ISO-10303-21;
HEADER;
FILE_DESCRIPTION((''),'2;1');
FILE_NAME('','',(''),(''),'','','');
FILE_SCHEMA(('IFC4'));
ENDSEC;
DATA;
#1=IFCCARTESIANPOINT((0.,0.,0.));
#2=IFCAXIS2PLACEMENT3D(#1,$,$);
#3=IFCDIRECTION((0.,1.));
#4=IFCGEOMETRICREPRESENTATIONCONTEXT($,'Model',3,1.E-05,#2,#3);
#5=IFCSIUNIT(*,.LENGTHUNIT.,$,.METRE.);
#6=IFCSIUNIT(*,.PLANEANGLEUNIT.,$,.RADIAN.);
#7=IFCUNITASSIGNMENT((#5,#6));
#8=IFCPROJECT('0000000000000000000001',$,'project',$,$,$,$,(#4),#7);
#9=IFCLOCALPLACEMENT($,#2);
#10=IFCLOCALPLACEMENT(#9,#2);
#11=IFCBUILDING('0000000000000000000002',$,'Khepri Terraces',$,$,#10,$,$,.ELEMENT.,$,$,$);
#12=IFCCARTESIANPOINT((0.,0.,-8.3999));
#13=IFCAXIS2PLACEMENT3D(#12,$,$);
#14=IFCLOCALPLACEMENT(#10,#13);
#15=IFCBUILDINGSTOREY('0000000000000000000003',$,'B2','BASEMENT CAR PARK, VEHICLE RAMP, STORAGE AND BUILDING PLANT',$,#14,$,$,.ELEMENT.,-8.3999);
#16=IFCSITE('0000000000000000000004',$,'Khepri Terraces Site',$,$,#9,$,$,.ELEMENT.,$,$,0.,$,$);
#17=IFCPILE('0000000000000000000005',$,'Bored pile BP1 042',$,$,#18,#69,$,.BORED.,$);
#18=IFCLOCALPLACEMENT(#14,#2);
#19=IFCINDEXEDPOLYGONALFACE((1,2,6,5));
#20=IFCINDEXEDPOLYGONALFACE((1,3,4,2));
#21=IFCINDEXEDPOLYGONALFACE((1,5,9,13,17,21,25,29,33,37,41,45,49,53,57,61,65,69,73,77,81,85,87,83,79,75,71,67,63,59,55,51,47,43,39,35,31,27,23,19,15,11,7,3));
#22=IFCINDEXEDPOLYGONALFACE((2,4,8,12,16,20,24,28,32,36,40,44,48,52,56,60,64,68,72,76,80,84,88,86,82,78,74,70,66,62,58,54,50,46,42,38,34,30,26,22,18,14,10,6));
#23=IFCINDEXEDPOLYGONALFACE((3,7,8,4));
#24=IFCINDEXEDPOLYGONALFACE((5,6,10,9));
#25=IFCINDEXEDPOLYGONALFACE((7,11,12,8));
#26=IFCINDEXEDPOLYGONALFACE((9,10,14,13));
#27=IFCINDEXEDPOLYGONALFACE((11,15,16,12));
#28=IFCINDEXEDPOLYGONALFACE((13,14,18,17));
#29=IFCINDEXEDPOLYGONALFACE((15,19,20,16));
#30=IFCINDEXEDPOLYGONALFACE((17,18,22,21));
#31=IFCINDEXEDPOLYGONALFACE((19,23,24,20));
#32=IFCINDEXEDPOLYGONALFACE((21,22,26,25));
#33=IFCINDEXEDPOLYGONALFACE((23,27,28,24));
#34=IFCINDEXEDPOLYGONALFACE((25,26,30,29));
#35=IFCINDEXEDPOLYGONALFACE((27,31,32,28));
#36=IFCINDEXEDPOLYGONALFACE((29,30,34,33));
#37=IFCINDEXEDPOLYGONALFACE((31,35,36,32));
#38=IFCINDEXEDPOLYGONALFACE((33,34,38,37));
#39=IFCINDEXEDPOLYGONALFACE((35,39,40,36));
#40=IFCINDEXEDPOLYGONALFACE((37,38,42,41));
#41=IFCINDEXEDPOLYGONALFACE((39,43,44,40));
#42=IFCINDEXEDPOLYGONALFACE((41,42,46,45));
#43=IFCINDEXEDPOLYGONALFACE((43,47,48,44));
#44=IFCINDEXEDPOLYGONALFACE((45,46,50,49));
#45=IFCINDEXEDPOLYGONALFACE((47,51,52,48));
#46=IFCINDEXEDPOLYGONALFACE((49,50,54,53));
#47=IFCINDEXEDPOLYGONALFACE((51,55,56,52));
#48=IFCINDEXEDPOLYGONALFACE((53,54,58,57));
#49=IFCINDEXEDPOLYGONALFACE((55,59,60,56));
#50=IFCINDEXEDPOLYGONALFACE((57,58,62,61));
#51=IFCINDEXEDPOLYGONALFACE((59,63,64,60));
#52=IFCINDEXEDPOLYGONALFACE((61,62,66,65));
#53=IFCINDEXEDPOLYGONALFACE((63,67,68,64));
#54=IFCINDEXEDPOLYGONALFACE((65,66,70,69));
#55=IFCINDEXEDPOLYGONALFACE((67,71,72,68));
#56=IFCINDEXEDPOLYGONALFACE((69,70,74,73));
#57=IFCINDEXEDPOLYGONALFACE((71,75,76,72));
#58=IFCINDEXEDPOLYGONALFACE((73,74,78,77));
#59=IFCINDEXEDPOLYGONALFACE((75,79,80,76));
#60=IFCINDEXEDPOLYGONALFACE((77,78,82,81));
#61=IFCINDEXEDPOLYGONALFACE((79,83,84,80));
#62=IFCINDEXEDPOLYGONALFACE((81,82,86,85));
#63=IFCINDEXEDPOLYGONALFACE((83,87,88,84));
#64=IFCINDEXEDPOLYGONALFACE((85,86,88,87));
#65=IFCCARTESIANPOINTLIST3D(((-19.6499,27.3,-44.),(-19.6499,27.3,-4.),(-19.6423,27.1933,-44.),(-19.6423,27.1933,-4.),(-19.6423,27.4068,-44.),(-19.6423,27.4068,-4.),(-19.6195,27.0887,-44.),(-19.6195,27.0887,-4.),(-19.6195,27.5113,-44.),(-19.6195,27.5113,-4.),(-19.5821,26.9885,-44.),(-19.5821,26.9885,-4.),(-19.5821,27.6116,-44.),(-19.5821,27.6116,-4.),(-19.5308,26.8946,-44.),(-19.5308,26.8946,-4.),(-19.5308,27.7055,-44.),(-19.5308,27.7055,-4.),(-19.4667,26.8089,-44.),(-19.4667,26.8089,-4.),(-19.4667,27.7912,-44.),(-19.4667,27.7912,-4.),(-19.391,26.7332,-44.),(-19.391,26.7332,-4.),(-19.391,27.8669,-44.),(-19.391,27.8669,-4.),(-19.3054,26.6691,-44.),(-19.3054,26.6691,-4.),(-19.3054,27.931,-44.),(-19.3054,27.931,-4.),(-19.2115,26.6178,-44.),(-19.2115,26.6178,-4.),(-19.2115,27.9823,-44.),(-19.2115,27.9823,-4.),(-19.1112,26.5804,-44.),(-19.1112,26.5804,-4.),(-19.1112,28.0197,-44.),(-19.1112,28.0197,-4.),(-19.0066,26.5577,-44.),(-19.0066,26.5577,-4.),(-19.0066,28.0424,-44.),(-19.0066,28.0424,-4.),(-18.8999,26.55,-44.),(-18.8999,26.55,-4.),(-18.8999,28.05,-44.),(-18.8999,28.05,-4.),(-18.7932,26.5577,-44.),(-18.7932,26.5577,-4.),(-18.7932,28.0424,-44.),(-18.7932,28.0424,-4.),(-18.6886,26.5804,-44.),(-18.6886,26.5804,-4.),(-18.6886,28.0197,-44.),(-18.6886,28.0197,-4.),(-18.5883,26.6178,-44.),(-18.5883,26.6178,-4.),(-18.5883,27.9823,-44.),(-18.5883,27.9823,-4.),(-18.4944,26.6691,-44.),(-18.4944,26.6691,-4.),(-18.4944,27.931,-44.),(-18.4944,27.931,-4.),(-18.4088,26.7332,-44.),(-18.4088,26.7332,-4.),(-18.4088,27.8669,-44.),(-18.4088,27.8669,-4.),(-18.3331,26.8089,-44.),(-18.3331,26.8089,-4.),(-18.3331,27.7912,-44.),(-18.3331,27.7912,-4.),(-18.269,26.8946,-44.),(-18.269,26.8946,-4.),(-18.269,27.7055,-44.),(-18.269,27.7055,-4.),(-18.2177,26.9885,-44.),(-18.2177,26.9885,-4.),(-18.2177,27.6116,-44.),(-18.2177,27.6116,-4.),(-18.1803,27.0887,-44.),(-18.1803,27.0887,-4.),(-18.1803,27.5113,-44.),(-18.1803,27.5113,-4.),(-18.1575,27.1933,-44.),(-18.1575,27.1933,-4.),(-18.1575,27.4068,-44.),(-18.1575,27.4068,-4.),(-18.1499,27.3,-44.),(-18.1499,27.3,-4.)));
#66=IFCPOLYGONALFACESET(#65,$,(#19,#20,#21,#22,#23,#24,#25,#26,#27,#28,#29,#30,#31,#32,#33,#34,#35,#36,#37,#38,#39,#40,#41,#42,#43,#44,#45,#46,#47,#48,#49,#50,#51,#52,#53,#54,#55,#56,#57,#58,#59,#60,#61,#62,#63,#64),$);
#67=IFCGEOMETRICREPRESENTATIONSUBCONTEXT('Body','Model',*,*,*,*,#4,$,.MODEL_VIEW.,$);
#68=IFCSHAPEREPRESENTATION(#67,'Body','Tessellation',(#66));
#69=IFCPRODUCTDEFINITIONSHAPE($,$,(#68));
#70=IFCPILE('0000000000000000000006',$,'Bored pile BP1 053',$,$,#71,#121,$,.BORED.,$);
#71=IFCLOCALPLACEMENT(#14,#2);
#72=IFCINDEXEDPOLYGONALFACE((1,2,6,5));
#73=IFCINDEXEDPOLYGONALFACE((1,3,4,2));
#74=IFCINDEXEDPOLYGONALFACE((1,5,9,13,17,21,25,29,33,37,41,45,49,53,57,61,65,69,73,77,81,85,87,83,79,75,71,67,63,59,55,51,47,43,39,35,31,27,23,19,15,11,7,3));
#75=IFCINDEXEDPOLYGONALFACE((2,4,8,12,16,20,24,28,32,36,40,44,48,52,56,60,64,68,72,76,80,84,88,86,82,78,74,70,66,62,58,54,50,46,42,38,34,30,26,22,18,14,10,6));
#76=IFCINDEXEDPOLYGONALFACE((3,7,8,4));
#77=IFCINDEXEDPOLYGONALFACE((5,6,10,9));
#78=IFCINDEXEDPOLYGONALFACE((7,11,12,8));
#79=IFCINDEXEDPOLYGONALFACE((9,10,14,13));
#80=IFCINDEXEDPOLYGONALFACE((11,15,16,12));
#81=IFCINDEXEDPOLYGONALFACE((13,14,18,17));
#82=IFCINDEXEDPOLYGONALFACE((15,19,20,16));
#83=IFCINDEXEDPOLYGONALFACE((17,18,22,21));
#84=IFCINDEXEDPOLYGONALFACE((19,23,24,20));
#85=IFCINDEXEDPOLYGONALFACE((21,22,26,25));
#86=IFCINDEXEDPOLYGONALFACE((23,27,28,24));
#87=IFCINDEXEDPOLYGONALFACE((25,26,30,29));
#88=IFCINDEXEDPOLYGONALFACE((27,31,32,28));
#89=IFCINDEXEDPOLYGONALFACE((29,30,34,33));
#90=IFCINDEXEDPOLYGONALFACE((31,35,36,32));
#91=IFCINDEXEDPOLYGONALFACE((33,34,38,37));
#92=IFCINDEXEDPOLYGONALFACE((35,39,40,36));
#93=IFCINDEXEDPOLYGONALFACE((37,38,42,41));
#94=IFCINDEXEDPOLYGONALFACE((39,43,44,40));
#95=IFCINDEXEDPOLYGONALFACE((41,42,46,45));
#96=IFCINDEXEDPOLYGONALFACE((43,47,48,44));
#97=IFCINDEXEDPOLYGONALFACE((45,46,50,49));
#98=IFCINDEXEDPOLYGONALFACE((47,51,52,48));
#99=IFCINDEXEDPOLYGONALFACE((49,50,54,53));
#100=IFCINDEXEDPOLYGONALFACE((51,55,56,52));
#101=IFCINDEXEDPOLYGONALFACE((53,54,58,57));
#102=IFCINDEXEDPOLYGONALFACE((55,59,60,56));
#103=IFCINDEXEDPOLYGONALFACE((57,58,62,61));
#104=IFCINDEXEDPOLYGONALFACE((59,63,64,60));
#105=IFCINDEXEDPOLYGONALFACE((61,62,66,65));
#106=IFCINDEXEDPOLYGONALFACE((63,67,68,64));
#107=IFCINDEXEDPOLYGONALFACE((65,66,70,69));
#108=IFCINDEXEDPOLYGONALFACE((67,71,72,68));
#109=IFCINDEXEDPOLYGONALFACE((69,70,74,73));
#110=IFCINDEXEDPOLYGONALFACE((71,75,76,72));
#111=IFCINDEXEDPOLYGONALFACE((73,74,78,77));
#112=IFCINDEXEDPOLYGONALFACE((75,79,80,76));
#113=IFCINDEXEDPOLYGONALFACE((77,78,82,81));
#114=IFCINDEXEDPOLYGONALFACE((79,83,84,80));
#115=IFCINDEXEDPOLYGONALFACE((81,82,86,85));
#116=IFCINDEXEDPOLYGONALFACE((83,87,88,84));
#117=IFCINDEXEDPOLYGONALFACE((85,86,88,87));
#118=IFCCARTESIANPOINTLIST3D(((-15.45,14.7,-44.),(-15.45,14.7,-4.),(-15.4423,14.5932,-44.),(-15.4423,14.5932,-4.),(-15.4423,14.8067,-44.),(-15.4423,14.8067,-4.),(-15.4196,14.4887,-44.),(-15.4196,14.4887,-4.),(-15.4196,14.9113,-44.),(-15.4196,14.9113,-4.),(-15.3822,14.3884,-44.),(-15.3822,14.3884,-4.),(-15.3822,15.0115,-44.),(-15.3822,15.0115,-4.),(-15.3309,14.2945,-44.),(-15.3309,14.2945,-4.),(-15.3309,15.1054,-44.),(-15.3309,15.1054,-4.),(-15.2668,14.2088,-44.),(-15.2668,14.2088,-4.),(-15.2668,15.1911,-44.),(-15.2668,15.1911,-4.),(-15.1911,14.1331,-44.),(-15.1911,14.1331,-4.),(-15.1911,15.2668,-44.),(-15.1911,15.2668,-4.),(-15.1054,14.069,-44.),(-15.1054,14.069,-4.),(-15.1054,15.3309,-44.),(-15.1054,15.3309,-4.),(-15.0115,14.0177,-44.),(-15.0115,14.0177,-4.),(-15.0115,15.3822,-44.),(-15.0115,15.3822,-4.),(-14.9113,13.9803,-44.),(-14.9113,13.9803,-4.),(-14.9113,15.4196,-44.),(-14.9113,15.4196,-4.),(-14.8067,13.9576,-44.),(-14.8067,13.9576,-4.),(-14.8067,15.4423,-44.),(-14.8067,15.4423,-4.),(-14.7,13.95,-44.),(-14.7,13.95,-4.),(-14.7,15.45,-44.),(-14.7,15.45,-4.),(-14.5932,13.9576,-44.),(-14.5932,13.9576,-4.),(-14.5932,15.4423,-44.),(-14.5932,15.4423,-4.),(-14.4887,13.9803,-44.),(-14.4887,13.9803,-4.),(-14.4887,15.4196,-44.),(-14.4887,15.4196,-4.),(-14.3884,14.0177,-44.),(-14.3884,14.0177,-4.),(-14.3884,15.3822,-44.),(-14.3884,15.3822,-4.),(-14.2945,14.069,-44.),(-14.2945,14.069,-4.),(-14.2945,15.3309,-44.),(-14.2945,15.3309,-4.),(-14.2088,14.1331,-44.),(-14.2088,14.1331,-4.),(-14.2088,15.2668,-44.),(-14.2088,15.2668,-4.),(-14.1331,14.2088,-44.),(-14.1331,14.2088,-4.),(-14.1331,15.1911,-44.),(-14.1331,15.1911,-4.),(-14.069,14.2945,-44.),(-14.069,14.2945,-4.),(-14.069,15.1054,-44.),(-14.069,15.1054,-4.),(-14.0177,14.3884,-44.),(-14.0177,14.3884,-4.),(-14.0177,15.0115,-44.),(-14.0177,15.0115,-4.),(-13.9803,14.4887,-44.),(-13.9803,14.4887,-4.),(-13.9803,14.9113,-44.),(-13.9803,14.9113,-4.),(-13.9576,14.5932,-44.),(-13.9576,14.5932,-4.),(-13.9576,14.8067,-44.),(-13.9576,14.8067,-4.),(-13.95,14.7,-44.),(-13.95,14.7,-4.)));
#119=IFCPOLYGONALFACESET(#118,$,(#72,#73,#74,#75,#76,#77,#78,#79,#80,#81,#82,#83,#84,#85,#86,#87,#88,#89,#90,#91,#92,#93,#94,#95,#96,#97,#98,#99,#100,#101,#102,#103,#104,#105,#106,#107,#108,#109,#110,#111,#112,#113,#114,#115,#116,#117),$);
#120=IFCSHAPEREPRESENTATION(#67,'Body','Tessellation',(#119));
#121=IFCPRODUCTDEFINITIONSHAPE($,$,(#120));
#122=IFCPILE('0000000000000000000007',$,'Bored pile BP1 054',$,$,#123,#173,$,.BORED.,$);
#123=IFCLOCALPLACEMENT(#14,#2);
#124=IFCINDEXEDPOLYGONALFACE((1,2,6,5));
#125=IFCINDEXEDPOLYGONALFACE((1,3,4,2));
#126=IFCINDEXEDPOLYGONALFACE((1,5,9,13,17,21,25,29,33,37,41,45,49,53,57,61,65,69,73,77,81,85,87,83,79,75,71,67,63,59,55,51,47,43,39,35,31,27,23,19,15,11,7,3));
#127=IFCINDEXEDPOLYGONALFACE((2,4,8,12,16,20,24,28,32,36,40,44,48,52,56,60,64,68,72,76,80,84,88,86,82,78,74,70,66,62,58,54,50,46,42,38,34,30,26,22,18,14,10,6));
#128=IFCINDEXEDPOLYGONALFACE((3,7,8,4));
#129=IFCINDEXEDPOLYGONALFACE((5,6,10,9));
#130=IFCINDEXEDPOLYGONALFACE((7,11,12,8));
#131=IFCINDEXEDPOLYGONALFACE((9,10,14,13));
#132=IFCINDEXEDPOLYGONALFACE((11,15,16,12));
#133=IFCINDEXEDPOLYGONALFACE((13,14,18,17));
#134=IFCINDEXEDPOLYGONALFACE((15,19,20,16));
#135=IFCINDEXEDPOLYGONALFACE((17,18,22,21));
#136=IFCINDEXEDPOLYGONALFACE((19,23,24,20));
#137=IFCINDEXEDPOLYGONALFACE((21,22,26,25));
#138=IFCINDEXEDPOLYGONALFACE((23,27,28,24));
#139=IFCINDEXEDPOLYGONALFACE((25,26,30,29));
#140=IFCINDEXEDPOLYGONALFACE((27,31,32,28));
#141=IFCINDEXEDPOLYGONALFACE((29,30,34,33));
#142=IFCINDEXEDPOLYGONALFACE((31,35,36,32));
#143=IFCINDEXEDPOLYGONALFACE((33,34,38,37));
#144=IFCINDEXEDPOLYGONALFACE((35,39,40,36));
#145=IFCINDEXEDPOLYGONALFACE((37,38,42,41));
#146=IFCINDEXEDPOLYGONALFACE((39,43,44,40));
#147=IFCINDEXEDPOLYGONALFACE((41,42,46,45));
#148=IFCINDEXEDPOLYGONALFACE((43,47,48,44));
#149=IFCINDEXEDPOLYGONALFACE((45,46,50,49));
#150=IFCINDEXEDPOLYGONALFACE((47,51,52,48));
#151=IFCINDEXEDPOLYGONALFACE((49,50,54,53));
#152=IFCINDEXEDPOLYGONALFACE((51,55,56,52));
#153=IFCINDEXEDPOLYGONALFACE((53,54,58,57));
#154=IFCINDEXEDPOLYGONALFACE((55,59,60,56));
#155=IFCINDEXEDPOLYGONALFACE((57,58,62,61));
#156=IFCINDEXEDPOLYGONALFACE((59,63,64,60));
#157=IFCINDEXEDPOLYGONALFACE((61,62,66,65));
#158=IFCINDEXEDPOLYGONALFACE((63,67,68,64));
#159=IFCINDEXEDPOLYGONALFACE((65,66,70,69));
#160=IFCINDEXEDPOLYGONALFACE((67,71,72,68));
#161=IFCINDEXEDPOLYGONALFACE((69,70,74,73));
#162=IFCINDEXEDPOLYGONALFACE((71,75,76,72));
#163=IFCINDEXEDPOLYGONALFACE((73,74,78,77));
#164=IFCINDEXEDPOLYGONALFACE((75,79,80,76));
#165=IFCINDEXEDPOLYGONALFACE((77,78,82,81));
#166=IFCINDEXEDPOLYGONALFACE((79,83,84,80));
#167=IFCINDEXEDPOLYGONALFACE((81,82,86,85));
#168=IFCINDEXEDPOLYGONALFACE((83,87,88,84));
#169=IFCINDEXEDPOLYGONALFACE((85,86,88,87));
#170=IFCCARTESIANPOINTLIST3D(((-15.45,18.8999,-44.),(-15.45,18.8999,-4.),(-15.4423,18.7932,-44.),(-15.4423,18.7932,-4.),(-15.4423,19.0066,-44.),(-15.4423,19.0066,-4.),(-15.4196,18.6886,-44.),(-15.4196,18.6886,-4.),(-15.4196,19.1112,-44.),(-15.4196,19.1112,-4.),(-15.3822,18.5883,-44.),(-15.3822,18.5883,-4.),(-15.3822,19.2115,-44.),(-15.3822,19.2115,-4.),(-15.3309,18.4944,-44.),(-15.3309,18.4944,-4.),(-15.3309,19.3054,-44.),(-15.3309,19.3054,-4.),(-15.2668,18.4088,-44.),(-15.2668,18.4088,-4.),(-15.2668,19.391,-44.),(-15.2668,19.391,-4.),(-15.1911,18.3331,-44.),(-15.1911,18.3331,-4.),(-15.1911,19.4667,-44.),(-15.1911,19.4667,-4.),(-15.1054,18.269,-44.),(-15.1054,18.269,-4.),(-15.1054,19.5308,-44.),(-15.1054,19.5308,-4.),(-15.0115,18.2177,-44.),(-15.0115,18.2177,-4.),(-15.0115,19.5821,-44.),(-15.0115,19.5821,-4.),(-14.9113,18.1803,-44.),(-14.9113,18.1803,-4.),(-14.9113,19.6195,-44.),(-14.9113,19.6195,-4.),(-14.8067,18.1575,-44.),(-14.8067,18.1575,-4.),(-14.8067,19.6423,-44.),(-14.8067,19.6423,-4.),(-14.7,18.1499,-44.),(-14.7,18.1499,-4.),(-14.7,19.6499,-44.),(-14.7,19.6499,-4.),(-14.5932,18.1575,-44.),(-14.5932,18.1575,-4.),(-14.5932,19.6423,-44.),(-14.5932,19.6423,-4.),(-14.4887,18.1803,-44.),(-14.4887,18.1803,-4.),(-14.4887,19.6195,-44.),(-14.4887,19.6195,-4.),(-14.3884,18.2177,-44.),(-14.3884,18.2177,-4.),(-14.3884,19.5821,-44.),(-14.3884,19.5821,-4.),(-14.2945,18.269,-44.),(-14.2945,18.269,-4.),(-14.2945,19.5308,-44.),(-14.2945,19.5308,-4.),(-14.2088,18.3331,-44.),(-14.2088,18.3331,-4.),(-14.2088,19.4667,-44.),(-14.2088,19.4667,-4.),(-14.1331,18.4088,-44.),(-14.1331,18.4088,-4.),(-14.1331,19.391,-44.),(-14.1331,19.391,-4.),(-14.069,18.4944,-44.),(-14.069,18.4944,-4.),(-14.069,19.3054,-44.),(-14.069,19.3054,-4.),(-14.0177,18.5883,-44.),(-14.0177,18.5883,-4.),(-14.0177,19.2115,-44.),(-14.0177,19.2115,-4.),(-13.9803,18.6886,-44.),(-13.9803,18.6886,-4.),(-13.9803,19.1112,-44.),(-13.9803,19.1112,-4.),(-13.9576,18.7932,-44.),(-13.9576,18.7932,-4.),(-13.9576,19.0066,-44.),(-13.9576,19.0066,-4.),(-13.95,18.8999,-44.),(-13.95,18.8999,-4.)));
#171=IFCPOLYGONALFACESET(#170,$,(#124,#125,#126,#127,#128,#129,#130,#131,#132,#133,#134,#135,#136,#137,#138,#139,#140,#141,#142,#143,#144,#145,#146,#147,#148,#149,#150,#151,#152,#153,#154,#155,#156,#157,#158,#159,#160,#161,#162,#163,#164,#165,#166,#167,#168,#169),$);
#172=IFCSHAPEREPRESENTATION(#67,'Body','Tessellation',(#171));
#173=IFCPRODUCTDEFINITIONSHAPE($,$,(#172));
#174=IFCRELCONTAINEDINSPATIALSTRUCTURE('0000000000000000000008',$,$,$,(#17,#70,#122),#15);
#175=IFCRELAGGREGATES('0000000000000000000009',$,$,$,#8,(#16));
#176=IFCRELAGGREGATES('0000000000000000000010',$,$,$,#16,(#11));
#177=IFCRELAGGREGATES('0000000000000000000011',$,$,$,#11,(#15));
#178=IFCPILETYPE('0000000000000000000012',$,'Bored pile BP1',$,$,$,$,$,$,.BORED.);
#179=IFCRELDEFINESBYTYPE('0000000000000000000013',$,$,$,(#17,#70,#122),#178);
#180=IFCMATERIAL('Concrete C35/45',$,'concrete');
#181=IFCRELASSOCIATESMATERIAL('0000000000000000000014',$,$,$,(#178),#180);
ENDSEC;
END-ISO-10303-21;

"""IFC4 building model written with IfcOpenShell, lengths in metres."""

from ifc_helpers import new_model, si_unit, direction, frame, origin, origin_2d, place, context, subcontext, project, spatial, circle, extrude, material, material_profile, profile_set, type_object, element, save


model = new_model("IFC4")

# Units and contexts
model_context = context("Model", 3, precision=1e-05, world=origin(), true_north=direction((0.0, 1.0)))
body_context = subcontext(model_context, "Body", "Model", "MODEL_VIEW")
ifc_project = project(units=[si_unit("LENGTHUNIT", "METRE"), si_unit("PLANEANGLEUNIT", "RADIAN")], contexts=[model_context])

# Site, building, storey
site_placement = place(None, origin())
site = spatial("IfcSite", under=ifc_project, at=site_placement, Name="Khepri Terraces Site", CompositionType="ELEMENT", RefElevation=0.0)
building_placement = place(site_placement, origin())
building = spatial("IfcBuilding", under=site, at=building_placement, Name="Khepri Terraces", CompositionType="ELEMENT")
storey_placement = place(building_placement, frame((0.0, 0.0, -8.3999)))
storey = spatial("IfcBuildingStorey", under=building, at=storey_placement, Name="B2", Description="BASEMENT CAR PARK, VEHICLE RAMP, STORAGE AND BUILDING PLANT", CompositionType="ELEMENT", Elevation=-8.3999)

# Piles
ifc_material_1 = material(Name="Concrete C35/45", Category="concrete")
ifc_material_profile_1 = material_profile(ifc_material_1, circle(Radius=0.75, at=origin_2d()), Name="Concrete C35/45", Category="concrete")
ifc_profile_set_1 = profile_set([ifc_material_profile_1], Name="Concrete C35/45")
pile_type = type_object("IfcPileType", Name="Bored pile BP1", PredefinedType="BORED", material=ifc_profile_set_1)
for number, where, z_axis, x_axis, name in (
    (1, (-18.8999, 27.3, -4.0), (0.0, 0.0, -1.0), (1.0, 0.0, 0.0), "Bored pile BP1 042"),
    (2, (-14.7, 14.7, -4.0), (0.0, 0.0, -1.0), (1.0, 0.0, 0.0), "Bored pile BP1 053"),
    (3, (-14.7, 18.8999, -4.0), (0.0, 0.0, -1.0), (1.0, 0.0, 0.0), "Bored pile BP1 054"),
):
    element("IfcPile", number, at=place(storey_placement, frame(where, z_axis=z_axis, x_axis=x_axis)), inside=storey, type_object=pile_type, Name=name, PredefinedType="BORED", context=body_context, shape_type="SweptSolid", body=[
        extrude(circle(Radius=0.75, at=origin_2d()), origin(), (0.0, 0.0, 1.0), 40.0),
    ])

save(model, "model.ifc")
